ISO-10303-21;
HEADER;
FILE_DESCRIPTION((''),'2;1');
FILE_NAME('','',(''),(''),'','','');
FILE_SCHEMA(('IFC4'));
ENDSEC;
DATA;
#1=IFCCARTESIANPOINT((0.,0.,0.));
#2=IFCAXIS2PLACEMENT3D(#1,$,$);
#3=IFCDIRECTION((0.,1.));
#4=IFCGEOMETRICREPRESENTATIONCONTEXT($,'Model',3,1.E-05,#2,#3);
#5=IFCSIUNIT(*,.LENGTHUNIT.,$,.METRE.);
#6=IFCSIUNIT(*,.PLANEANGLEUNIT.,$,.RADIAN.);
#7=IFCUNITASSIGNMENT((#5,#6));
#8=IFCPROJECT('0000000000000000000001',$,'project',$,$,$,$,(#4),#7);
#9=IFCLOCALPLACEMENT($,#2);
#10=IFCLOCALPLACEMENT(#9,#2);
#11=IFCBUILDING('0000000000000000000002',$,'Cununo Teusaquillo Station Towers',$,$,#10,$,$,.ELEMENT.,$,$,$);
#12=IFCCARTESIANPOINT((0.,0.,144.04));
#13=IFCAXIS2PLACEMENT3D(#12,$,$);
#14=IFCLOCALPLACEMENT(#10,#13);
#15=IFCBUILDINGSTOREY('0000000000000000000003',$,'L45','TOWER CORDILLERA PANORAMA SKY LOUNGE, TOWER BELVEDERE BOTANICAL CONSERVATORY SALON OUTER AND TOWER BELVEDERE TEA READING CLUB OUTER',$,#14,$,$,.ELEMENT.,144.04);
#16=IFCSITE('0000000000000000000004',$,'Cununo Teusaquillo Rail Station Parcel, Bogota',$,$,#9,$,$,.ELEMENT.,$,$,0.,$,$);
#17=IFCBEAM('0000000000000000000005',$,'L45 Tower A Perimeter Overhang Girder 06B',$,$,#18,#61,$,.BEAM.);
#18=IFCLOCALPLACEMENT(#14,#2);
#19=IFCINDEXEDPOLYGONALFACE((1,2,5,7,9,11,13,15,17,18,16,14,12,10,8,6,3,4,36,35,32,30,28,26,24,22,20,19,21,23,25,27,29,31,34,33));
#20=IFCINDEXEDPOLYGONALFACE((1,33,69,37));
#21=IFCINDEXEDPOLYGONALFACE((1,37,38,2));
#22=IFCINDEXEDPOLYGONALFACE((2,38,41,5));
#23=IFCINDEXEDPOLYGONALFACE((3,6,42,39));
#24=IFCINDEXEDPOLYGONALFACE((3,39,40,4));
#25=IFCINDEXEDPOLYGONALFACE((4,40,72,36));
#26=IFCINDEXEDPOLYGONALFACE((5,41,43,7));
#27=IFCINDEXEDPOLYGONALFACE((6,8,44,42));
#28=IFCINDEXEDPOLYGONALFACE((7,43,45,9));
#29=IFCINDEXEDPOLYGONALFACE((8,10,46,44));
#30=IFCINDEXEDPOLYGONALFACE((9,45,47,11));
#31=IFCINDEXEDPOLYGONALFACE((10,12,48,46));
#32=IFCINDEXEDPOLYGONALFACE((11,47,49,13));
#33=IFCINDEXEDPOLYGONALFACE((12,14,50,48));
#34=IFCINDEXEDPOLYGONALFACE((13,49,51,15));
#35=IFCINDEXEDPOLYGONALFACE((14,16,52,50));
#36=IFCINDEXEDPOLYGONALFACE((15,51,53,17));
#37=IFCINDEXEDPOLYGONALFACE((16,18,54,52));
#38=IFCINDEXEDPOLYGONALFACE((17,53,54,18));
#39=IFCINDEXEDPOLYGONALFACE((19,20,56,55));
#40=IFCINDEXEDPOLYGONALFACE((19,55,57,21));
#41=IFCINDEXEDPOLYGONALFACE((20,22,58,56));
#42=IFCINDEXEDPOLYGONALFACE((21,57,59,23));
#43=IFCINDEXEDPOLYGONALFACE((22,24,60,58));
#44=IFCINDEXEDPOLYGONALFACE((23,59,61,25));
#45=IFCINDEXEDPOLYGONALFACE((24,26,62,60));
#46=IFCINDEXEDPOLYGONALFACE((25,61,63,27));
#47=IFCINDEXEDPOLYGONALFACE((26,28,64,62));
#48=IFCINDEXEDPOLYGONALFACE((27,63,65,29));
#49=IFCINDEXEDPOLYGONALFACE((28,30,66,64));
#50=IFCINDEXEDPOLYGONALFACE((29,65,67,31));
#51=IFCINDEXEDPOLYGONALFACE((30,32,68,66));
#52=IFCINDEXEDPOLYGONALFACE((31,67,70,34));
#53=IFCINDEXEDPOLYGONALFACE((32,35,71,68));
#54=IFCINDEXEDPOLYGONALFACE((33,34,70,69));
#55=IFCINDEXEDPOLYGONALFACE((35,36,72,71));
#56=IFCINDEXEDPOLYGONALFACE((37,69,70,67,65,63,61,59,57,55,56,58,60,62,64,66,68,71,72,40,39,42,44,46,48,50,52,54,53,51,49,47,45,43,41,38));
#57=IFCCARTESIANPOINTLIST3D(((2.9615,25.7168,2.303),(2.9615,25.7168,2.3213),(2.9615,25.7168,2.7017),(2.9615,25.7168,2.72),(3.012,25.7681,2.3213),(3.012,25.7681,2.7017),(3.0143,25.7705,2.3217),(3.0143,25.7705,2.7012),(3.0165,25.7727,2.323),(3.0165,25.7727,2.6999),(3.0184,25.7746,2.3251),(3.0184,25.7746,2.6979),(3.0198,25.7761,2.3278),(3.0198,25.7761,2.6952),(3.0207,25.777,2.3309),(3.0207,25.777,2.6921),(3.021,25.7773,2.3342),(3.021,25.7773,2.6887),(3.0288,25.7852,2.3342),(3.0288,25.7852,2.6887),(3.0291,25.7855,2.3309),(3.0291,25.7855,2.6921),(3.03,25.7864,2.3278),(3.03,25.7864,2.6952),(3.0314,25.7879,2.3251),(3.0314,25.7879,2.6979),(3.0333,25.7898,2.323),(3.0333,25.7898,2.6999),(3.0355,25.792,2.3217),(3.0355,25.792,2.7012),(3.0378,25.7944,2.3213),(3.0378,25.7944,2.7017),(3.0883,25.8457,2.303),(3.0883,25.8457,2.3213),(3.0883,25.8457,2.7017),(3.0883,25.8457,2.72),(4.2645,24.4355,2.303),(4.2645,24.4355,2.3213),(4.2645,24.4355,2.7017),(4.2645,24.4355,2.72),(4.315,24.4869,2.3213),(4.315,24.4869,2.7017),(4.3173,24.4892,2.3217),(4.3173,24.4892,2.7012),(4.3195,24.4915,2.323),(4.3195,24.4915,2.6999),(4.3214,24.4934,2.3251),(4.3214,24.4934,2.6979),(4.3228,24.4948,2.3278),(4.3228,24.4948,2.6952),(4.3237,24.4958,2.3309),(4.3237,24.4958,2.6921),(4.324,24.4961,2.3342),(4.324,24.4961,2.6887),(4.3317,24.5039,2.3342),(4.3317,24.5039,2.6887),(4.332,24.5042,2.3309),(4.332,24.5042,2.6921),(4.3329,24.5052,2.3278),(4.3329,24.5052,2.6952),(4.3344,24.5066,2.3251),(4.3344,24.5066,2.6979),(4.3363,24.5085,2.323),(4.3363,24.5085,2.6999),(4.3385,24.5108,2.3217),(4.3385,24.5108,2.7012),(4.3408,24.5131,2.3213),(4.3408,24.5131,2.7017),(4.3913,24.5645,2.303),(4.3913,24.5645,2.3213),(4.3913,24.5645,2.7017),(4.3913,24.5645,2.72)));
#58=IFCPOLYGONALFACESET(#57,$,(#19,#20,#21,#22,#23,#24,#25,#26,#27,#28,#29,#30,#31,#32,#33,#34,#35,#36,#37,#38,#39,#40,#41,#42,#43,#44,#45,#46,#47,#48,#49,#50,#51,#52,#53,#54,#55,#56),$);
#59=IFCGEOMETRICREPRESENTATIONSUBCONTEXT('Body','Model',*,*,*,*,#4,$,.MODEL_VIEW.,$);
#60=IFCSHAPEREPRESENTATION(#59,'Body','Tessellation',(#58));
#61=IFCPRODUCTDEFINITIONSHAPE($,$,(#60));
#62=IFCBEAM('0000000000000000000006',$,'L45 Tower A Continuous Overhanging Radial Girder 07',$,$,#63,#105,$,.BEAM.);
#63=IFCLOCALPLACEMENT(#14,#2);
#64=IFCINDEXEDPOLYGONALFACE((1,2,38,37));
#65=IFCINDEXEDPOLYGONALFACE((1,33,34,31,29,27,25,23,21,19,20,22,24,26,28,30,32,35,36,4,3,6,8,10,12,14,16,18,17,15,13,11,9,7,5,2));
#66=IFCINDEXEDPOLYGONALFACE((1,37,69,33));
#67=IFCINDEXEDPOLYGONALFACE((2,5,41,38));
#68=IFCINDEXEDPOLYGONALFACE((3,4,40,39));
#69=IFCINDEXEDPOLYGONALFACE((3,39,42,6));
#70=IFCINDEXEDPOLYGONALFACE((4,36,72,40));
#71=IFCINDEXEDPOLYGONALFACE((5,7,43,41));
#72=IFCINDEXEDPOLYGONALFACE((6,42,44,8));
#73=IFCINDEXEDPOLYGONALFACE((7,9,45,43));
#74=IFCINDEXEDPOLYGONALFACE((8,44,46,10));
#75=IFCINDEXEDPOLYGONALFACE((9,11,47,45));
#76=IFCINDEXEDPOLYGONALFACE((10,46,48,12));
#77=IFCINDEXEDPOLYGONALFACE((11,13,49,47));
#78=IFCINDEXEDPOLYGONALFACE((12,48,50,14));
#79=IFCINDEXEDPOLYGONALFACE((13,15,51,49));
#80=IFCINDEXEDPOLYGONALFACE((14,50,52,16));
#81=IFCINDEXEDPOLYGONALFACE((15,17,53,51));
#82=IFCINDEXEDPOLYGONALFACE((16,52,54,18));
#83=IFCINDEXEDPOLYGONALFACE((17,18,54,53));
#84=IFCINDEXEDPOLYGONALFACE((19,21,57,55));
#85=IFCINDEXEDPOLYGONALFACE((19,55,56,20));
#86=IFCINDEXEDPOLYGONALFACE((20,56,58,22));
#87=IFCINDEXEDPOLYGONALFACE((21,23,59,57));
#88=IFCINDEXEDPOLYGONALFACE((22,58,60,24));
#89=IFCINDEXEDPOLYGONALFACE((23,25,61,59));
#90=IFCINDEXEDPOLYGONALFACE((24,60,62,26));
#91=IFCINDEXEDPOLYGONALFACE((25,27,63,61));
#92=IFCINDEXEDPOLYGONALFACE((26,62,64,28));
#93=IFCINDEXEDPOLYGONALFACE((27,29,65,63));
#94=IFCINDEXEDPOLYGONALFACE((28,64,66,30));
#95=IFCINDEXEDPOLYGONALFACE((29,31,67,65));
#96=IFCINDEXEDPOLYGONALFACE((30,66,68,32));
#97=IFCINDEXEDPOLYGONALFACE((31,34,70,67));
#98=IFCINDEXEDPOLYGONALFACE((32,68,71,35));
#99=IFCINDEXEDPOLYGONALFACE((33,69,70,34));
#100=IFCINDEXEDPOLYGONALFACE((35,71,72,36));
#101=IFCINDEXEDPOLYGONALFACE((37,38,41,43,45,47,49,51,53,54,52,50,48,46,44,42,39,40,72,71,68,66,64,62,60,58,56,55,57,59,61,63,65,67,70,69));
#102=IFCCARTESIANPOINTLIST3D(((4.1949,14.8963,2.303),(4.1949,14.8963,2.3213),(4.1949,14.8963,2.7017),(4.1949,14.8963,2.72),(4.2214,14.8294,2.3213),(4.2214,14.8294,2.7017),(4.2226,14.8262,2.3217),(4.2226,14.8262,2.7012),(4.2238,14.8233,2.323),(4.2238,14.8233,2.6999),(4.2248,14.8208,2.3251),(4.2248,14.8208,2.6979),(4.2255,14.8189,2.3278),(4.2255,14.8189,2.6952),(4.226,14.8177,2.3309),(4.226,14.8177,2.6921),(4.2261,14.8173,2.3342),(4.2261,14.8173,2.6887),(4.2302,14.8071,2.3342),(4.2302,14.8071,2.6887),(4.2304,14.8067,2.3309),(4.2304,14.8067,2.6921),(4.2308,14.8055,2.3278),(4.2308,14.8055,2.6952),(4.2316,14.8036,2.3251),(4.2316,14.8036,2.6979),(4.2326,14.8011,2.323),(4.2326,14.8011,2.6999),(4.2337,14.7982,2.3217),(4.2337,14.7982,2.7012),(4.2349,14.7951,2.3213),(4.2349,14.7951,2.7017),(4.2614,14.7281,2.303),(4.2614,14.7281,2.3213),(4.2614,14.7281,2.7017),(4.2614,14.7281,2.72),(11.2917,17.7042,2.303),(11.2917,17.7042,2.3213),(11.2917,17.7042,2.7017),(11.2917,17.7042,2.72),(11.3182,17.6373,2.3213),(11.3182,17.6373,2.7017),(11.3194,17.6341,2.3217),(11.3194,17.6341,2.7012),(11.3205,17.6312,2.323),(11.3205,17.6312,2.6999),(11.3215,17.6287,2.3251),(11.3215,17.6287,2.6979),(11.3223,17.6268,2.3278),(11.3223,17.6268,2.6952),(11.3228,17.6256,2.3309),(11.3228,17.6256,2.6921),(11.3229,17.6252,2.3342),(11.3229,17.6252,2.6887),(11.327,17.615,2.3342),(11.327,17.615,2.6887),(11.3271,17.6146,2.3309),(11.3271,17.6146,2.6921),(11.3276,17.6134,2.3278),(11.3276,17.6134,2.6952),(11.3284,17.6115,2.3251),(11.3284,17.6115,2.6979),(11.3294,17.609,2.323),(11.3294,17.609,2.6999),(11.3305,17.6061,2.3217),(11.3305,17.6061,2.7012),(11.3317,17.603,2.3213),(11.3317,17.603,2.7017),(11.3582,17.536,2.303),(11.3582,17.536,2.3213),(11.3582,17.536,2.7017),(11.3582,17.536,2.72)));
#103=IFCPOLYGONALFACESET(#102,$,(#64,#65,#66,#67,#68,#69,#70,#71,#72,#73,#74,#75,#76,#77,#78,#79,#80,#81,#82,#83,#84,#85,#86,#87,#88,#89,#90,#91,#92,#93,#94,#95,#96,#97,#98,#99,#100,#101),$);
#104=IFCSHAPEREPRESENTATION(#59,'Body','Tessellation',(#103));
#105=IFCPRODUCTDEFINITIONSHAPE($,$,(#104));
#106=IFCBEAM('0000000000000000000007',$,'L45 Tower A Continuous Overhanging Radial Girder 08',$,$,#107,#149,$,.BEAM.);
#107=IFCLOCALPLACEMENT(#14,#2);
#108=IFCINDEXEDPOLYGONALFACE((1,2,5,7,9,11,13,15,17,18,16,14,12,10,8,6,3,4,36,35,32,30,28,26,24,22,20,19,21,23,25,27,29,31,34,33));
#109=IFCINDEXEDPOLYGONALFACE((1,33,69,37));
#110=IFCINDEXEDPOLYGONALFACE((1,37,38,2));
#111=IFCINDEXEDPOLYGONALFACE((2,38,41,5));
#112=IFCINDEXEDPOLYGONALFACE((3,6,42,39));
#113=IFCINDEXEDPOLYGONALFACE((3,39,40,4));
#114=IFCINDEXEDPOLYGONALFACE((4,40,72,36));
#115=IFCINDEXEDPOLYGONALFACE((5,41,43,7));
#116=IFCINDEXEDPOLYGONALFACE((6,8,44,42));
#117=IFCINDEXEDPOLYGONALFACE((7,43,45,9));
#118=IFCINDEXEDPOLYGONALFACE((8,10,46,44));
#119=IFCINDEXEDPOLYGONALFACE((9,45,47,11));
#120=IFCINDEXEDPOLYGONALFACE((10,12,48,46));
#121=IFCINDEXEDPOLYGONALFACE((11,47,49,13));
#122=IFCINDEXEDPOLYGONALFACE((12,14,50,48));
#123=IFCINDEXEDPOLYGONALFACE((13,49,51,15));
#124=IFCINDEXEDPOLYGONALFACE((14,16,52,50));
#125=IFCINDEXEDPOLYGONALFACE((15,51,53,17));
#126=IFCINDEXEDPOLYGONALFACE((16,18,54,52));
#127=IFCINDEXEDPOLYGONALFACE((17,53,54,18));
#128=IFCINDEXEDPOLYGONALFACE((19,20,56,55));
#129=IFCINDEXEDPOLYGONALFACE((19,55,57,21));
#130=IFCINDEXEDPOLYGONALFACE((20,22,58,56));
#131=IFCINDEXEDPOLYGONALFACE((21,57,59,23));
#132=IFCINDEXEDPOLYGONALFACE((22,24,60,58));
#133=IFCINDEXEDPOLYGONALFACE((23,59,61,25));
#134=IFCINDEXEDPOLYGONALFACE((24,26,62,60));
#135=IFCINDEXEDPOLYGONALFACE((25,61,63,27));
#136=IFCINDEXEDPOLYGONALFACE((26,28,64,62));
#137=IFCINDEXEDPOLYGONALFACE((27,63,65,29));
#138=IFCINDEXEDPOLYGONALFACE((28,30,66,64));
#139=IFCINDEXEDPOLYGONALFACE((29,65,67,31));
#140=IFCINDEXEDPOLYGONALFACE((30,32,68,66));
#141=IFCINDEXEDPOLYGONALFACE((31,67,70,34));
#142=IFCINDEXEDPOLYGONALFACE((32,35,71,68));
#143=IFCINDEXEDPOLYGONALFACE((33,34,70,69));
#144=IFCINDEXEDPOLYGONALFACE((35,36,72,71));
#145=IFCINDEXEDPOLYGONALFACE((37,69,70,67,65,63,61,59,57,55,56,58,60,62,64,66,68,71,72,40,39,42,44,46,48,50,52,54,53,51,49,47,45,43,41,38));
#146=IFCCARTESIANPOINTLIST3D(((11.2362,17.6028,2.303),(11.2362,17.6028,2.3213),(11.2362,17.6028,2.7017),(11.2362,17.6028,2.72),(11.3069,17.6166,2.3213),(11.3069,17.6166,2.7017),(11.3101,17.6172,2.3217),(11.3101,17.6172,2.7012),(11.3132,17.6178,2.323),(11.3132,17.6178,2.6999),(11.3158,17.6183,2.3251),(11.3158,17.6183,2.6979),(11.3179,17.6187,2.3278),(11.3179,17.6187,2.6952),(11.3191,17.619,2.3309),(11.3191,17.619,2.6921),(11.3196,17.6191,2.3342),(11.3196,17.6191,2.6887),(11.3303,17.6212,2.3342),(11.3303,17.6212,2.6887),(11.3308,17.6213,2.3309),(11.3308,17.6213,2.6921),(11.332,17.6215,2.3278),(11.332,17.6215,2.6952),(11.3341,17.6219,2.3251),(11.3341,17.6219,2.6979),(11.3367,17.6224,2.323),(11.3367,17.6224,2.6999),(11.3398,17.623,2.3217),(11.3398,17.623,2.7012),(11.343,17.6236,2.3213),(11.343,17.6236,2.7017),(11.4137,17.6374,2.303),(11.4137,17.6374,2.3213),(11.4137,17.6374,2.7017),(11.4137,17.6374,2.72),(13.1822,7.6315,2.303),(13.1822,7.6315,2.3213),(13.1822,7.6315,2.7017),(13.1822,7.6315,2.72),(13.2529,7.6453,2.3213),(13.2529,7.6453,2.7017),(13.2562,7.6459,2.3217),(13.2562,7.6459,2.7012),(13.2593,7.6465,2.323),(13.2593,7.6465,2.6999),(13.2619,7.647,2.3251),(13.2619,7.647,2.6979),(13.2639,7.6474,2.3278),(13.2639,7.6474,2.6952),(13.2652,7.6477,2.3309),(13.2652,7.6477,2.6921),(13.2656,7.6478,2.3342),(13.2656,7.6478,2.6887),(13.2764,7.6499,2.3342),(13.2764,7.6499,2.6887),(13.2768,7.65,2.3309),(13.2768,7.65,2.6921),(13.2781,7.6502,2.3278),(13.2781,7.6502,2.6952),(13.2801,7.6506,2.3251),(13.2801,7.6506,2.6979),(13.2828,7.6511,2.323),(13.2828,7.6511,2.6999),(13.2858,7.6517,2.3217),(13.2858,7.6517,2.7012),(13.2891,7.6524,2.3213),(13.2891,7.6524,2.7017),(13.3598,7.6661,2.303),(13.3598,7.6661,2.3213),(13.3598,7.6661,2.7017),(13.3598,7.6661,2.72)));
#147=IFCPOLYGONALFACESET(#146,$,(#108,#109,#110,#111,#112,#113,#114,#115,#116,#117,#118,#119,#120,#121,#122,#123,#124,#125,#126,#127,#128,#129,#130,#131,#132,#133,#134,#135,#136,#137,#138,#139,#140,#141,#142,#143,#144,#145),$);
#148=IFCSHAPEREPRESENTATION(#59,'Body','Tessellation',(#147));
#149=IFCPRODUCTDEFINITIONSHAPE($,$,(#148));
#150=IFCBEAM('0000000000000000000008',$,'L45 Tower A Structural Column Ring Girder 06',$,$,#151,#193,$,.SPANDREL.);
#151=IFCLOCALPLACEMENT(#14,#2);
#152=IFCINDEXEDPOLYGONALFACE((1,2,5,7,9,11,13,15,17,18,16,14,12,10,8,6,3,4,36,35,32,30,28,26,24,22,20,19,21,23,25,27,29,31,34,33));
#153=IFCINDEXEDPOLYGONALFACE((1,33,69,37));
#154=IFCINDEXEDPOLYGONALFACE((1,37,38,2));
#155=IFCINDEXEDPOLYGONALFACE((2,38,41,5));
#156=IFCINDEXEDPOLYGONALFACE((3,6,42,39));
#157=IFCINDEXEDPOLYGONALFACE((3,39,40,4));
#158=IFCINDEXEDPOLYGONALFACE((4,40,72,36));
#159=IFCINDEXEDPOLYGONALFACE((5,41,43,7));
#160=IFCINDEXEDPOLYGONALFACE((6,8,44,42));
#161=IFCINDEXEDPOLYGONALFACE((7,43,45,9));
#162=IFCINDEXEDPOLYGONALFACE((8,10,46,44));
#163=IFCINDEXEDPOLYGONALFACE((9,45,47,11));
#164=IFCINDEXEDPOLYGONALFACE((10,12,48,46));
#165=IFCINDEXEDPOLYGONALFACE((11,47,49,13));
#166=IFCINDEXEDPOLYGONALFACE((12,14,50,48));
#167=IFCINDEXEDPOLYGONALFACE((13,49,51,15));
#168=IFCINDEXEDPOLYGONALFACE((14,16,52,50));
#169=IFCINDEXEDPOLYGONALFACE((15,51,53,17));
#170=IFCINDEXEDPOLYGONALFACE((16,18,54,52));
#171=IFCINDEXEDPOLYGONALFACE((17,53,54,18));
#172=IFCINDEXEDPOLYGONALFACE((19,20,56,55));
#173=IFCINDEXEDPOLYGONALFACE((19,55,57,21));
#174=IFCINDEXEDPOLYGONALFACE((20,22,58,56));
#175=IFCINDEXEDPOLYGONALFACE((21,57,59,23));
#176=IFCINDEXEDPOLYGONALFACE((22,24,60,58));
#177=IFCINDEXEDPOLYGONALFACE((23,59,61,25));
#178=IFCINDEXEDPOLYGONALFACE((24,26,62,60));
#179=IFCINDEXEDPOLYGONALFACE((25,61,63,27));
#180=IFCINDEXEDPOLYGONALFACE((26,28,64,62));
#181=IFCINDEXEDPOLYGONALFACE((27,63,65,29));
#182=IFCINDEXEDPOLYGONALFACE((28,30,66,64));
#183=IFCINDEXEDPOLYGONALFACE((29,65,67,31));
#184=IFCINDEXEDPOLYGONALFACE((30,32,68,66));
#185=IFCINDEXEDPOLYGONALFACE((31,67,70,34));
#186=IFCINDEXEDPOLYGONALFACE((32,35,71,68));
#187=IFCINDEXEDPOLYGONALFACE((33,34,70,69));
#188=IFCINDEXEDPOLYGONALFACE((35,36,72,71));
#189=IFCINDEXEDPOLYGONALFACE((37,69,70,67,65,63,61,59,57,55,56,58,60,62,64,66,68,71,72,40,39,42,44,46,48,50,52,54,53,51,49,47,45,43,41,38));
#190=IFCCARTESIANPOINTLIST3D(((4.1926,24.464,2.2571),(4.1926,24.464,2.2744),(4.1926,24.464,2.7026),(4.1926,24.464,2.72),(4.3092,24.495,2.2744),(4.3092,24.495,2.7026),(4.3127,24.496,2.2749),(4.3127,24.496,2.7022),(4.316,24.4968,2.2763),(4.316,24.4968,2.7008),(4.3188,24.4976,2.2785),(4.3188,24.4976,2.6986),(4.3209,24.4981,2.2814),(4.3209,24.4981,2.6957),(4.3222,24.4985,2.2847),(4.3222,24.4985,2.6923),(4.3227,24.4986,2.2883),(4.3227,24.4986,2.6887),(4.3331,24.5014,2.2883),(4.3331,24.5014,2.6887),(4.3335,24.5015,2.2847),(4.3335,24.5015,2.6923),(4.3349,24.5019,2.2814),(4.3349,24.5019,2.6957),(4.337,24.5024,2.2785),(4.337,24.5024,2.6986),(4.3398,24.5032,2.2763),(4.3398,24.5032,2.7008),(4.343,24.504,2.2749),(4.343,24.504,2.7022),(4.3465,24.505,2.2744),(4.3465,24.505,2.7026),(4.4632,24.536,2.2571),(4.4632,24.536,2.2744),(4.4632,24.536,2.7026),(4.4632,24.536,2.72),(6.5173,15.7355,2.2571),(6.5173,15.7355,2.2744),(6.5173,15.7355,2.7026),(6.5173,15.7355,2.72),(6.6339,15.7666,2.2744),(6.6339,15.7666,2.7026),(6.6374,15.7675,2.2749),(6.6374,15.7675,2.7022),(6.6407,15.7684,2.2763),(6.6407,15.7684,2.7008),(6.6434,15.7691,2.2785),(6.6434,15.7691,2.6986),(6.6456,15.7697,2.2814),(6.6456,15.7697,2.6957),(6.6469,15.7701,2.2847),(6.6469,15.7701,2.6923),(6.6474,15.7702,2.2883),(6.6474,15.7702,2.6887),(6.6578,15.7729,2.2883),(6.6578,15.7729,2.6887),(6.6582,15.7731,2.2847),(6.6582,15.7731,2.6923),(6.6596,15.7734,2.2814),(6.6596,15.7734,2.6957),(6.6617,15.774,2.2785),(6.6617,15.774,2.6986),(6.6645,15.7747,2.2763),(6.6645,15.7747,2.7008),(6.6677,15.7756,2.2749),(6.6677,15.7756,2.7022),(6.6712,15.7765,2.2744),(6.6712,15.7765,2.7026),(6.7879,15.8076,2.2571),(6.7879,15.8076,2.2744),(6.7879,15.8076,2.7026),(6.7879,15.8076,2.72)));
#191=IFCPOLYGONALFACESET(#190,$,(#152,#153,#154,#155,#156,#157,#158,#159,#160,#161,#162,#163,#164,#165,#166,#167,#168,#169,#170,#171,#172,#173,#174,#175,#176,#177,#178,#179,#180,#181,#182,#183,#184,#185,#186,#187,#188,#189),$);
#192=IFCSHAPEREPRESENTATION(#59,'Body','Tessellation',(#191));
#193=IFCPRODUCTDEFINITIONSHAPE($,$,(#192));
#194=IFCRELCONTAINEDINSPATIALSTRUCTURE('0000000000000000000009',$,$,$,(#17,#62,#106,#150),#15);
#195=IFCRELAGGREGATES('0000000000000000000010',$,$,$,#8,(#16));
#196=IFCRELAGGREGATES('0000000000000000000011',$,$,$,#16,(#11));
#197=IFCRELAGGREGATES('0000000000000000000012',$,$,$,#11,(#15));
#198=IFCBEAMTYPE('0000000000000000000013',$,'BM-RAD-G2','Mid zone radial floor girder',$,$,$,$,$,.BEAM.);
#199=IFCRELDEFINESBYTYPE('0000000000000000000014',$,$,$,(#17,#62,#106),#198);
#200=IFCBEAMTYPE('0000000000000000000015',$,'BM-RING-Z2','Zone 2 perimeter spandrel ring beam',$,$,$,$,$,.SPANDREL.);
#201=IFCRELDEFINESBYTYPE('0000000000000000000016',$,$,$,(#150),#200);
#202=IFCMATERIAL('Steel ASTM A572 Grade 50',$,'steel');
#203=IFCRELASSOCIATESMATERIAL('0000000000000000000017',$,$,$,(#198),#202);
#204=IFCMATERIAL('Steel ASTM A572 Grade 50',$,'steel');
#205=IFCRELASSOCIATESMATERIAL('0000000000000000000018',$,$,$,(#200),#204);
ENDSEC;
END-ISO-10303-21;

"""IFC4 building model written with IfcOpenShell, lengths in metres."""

from ifc_helpers import new_model, si_unit, direction, frame, origin, origin_2d, place, context, subcontext, project, spatial, i_section, extrude, material, material_profile, profile_set, type_object, element, save


model = new_model("IFC4")

# Units and contexts
model_context = context("Model", 3, precision=1e-05, world=origin(), true_north=direction((0.0, 1.0)))
body_context = subcontext(model_context, "Body", "Model", "MODEL_VIEW")
ifc_project = project(units=[si_unit("LENGTHUNIT", "METRE"), si_unit("PLANEANGLEUNIT", "RADIAN")], contexts=[model_context])

# Site, building, storey
site_placement = place(None, origin())
site = spatial("IfcSite", under=ifc_project, at=site_placement, Name="Cununo Teusaquillo Rail Station Parcel, Bogota", CompositionType="ELEMENT", RefElevation=0.0)
building_placement = place(site_placement, origin())
building = spatial("IfcBuilding", under=site, at=building_placement, Name="Cununo Teusaquillo Station Towers", CompositionType="ELEMENT")
storey_placement = place(building_placement, frame((0.0, 0.0, 144.04)))
storey = spatial("IfcBuildingStorey", under=building, at=storey_placement, Name="L45", Description="TOWER CORDILLERA PANORAMA SKY LOUNGE, TOWER BELVEDERE BOTANICAL CONSERVATORY SALON OUTER AND TOWER BELVEDERE TEA READING CLUB OUTER", CompositionType="ELEMENT", Elevation=144.04)

# Beams
ifc_material_1 = material(Name="Steel ASTM A572 Grade 50", Category="steel")
ifc_material_profile_1 = material_profile(ifc_material_1, i_section(OverallWidth=0.1809, OverallDepth=0.417, WebThickness=0.011, FlangeThickness=0.0183, FilletRadius=0.0129, at=origin_2d()), Name="W16X57")
ifc_profile_set_1 = profile_set([ifc_material_profile_1], Name="Steel ASTM A572 Grade 50")
beam_type_1 = type_object("IfcBeamType", Name="BM-RAD-G2", Description="Mid zone radial floor girder", PredefinedType="BEAM", material=ifc_profile_set_1)
beam_1_placement = place(storey_placement, frame((4.3279, 24.5, 2.5115), z_axis=(-0.713027, 0.701137, 0.0), x_axis=(-0.701137, -0.713027, 0.0)))
element("IfcBeam", 1, at=beam_1_placement, inside=storey, type_object=beam_type_1, Name="L45 Tower A Perimeter Overhang Girder 06B", PredefinedType="BEAM", context=body_context, shape_type="SweptSolid", body=[
    extrude(i_section(OverallWidth=0.1809, OverallDepth=0.417, WebThickness=0.011, FlangeThickness=0.0183, FilletRadius=0.0129, at=origin_2d()), origin(), (0.0, 0.0, 1.0), 1.8274),
])
beam_2_placement = place(storey_placement, frame((11.325, 17.6201, 2.5115), z_axis=(-0.929862, -0.367908, 0.0), x_axis=(0.367908, -0.929862, 0.0)))
element("IfcBeam", 2, at=beam_2_placement, inside=storey, type_object=beam_type_1, Name="L45 Tower A Continuous Overhanging Radial Girder 07", PredefinedType="BEAM", context=body_context, shape_type="SweptSolid", body=[
    extrude(i_section(OverallWidth=0.1809, OverallDepth=0.417, WebThickness=0.011, FlangeThickness=0.0183, FilletRadius=0.0129, at=origin_2d()), origin(), (0.0, 0.0, 1.0), 7.6321),
])
beam_3_placement = place(storey_placement, frame((11.325, 17.6201, 2.5115), z_axis=(0.191553, -0.981482, 0.0), x_axis=(0.981482, 0.191553, 0.0)))
element("IfcBeam", 3, at=beam_3_placement, inside=storey, type_object=beam_type_1, Name="L45 Tower A Continuous Overhanging Radial Girder 08", PredefinedType="BEAM", context=body_context, shape_type="SweptSolid", body=[
    extrude(i_section(OverallWidth=0.1809, OverallDepth=0.417, WebThickness=0.011, FlangeThickness=0.0183, FilletRadius=0.0129, at=origin_2d()), origin(), (0.0, 0.0, 1.0), 10.1594),
])
ifc_material_2 = material(Name="Steel ASTM A572 Grade 50", Category="steel")
ifc_material_profile_2 = material_profile(ifc_material_2, i_section(OverallWidth=0.28, OverallDepth=0.4629, WebThickness=0.0107, FlangeThickness=0.0173, FilletRadius=0.0139, at=origin_2d()), Name="W18X76")
ifc_profile_set_2 = profile_set([ifc_material_profile_2], Name="Steel ASTM A572 Grade 50")
beam_type_2 = type_object("IfcBeamType", Name="BM-RING-Z2", Description="Zone 2 perimeter spandrel ring beam", PredefinedType="SPANDREL", material=ifc_profile_set_2)
beam_4_placement = place(storey_placement, frame((4.3279, 24.5, 2.4885), z_axis=(0.257363, -0.966315, 0.0), x_axis=(0.966315, 0.257363, 0.0)))
element("IfcBeam", 4, at=beam_4_placement, inside=storey, type_object=beam_type_2, Name="L45 Tower A Structural Column Ring Girder 06", PredefinedType="SPANDREL", context=body_context, shape_type="SweptSolid", body=[
    extrude(i_section(OverallWidth=0.28, OverallDepth=0.4629, WebThickness=0.0107, FlangeThickness=0.0173, FilletRadius=0.0139, at=origin_2d()), origin(), (0.0, 0.0, 1.0), 9.0327),
])

save(model, "model.ifc")
